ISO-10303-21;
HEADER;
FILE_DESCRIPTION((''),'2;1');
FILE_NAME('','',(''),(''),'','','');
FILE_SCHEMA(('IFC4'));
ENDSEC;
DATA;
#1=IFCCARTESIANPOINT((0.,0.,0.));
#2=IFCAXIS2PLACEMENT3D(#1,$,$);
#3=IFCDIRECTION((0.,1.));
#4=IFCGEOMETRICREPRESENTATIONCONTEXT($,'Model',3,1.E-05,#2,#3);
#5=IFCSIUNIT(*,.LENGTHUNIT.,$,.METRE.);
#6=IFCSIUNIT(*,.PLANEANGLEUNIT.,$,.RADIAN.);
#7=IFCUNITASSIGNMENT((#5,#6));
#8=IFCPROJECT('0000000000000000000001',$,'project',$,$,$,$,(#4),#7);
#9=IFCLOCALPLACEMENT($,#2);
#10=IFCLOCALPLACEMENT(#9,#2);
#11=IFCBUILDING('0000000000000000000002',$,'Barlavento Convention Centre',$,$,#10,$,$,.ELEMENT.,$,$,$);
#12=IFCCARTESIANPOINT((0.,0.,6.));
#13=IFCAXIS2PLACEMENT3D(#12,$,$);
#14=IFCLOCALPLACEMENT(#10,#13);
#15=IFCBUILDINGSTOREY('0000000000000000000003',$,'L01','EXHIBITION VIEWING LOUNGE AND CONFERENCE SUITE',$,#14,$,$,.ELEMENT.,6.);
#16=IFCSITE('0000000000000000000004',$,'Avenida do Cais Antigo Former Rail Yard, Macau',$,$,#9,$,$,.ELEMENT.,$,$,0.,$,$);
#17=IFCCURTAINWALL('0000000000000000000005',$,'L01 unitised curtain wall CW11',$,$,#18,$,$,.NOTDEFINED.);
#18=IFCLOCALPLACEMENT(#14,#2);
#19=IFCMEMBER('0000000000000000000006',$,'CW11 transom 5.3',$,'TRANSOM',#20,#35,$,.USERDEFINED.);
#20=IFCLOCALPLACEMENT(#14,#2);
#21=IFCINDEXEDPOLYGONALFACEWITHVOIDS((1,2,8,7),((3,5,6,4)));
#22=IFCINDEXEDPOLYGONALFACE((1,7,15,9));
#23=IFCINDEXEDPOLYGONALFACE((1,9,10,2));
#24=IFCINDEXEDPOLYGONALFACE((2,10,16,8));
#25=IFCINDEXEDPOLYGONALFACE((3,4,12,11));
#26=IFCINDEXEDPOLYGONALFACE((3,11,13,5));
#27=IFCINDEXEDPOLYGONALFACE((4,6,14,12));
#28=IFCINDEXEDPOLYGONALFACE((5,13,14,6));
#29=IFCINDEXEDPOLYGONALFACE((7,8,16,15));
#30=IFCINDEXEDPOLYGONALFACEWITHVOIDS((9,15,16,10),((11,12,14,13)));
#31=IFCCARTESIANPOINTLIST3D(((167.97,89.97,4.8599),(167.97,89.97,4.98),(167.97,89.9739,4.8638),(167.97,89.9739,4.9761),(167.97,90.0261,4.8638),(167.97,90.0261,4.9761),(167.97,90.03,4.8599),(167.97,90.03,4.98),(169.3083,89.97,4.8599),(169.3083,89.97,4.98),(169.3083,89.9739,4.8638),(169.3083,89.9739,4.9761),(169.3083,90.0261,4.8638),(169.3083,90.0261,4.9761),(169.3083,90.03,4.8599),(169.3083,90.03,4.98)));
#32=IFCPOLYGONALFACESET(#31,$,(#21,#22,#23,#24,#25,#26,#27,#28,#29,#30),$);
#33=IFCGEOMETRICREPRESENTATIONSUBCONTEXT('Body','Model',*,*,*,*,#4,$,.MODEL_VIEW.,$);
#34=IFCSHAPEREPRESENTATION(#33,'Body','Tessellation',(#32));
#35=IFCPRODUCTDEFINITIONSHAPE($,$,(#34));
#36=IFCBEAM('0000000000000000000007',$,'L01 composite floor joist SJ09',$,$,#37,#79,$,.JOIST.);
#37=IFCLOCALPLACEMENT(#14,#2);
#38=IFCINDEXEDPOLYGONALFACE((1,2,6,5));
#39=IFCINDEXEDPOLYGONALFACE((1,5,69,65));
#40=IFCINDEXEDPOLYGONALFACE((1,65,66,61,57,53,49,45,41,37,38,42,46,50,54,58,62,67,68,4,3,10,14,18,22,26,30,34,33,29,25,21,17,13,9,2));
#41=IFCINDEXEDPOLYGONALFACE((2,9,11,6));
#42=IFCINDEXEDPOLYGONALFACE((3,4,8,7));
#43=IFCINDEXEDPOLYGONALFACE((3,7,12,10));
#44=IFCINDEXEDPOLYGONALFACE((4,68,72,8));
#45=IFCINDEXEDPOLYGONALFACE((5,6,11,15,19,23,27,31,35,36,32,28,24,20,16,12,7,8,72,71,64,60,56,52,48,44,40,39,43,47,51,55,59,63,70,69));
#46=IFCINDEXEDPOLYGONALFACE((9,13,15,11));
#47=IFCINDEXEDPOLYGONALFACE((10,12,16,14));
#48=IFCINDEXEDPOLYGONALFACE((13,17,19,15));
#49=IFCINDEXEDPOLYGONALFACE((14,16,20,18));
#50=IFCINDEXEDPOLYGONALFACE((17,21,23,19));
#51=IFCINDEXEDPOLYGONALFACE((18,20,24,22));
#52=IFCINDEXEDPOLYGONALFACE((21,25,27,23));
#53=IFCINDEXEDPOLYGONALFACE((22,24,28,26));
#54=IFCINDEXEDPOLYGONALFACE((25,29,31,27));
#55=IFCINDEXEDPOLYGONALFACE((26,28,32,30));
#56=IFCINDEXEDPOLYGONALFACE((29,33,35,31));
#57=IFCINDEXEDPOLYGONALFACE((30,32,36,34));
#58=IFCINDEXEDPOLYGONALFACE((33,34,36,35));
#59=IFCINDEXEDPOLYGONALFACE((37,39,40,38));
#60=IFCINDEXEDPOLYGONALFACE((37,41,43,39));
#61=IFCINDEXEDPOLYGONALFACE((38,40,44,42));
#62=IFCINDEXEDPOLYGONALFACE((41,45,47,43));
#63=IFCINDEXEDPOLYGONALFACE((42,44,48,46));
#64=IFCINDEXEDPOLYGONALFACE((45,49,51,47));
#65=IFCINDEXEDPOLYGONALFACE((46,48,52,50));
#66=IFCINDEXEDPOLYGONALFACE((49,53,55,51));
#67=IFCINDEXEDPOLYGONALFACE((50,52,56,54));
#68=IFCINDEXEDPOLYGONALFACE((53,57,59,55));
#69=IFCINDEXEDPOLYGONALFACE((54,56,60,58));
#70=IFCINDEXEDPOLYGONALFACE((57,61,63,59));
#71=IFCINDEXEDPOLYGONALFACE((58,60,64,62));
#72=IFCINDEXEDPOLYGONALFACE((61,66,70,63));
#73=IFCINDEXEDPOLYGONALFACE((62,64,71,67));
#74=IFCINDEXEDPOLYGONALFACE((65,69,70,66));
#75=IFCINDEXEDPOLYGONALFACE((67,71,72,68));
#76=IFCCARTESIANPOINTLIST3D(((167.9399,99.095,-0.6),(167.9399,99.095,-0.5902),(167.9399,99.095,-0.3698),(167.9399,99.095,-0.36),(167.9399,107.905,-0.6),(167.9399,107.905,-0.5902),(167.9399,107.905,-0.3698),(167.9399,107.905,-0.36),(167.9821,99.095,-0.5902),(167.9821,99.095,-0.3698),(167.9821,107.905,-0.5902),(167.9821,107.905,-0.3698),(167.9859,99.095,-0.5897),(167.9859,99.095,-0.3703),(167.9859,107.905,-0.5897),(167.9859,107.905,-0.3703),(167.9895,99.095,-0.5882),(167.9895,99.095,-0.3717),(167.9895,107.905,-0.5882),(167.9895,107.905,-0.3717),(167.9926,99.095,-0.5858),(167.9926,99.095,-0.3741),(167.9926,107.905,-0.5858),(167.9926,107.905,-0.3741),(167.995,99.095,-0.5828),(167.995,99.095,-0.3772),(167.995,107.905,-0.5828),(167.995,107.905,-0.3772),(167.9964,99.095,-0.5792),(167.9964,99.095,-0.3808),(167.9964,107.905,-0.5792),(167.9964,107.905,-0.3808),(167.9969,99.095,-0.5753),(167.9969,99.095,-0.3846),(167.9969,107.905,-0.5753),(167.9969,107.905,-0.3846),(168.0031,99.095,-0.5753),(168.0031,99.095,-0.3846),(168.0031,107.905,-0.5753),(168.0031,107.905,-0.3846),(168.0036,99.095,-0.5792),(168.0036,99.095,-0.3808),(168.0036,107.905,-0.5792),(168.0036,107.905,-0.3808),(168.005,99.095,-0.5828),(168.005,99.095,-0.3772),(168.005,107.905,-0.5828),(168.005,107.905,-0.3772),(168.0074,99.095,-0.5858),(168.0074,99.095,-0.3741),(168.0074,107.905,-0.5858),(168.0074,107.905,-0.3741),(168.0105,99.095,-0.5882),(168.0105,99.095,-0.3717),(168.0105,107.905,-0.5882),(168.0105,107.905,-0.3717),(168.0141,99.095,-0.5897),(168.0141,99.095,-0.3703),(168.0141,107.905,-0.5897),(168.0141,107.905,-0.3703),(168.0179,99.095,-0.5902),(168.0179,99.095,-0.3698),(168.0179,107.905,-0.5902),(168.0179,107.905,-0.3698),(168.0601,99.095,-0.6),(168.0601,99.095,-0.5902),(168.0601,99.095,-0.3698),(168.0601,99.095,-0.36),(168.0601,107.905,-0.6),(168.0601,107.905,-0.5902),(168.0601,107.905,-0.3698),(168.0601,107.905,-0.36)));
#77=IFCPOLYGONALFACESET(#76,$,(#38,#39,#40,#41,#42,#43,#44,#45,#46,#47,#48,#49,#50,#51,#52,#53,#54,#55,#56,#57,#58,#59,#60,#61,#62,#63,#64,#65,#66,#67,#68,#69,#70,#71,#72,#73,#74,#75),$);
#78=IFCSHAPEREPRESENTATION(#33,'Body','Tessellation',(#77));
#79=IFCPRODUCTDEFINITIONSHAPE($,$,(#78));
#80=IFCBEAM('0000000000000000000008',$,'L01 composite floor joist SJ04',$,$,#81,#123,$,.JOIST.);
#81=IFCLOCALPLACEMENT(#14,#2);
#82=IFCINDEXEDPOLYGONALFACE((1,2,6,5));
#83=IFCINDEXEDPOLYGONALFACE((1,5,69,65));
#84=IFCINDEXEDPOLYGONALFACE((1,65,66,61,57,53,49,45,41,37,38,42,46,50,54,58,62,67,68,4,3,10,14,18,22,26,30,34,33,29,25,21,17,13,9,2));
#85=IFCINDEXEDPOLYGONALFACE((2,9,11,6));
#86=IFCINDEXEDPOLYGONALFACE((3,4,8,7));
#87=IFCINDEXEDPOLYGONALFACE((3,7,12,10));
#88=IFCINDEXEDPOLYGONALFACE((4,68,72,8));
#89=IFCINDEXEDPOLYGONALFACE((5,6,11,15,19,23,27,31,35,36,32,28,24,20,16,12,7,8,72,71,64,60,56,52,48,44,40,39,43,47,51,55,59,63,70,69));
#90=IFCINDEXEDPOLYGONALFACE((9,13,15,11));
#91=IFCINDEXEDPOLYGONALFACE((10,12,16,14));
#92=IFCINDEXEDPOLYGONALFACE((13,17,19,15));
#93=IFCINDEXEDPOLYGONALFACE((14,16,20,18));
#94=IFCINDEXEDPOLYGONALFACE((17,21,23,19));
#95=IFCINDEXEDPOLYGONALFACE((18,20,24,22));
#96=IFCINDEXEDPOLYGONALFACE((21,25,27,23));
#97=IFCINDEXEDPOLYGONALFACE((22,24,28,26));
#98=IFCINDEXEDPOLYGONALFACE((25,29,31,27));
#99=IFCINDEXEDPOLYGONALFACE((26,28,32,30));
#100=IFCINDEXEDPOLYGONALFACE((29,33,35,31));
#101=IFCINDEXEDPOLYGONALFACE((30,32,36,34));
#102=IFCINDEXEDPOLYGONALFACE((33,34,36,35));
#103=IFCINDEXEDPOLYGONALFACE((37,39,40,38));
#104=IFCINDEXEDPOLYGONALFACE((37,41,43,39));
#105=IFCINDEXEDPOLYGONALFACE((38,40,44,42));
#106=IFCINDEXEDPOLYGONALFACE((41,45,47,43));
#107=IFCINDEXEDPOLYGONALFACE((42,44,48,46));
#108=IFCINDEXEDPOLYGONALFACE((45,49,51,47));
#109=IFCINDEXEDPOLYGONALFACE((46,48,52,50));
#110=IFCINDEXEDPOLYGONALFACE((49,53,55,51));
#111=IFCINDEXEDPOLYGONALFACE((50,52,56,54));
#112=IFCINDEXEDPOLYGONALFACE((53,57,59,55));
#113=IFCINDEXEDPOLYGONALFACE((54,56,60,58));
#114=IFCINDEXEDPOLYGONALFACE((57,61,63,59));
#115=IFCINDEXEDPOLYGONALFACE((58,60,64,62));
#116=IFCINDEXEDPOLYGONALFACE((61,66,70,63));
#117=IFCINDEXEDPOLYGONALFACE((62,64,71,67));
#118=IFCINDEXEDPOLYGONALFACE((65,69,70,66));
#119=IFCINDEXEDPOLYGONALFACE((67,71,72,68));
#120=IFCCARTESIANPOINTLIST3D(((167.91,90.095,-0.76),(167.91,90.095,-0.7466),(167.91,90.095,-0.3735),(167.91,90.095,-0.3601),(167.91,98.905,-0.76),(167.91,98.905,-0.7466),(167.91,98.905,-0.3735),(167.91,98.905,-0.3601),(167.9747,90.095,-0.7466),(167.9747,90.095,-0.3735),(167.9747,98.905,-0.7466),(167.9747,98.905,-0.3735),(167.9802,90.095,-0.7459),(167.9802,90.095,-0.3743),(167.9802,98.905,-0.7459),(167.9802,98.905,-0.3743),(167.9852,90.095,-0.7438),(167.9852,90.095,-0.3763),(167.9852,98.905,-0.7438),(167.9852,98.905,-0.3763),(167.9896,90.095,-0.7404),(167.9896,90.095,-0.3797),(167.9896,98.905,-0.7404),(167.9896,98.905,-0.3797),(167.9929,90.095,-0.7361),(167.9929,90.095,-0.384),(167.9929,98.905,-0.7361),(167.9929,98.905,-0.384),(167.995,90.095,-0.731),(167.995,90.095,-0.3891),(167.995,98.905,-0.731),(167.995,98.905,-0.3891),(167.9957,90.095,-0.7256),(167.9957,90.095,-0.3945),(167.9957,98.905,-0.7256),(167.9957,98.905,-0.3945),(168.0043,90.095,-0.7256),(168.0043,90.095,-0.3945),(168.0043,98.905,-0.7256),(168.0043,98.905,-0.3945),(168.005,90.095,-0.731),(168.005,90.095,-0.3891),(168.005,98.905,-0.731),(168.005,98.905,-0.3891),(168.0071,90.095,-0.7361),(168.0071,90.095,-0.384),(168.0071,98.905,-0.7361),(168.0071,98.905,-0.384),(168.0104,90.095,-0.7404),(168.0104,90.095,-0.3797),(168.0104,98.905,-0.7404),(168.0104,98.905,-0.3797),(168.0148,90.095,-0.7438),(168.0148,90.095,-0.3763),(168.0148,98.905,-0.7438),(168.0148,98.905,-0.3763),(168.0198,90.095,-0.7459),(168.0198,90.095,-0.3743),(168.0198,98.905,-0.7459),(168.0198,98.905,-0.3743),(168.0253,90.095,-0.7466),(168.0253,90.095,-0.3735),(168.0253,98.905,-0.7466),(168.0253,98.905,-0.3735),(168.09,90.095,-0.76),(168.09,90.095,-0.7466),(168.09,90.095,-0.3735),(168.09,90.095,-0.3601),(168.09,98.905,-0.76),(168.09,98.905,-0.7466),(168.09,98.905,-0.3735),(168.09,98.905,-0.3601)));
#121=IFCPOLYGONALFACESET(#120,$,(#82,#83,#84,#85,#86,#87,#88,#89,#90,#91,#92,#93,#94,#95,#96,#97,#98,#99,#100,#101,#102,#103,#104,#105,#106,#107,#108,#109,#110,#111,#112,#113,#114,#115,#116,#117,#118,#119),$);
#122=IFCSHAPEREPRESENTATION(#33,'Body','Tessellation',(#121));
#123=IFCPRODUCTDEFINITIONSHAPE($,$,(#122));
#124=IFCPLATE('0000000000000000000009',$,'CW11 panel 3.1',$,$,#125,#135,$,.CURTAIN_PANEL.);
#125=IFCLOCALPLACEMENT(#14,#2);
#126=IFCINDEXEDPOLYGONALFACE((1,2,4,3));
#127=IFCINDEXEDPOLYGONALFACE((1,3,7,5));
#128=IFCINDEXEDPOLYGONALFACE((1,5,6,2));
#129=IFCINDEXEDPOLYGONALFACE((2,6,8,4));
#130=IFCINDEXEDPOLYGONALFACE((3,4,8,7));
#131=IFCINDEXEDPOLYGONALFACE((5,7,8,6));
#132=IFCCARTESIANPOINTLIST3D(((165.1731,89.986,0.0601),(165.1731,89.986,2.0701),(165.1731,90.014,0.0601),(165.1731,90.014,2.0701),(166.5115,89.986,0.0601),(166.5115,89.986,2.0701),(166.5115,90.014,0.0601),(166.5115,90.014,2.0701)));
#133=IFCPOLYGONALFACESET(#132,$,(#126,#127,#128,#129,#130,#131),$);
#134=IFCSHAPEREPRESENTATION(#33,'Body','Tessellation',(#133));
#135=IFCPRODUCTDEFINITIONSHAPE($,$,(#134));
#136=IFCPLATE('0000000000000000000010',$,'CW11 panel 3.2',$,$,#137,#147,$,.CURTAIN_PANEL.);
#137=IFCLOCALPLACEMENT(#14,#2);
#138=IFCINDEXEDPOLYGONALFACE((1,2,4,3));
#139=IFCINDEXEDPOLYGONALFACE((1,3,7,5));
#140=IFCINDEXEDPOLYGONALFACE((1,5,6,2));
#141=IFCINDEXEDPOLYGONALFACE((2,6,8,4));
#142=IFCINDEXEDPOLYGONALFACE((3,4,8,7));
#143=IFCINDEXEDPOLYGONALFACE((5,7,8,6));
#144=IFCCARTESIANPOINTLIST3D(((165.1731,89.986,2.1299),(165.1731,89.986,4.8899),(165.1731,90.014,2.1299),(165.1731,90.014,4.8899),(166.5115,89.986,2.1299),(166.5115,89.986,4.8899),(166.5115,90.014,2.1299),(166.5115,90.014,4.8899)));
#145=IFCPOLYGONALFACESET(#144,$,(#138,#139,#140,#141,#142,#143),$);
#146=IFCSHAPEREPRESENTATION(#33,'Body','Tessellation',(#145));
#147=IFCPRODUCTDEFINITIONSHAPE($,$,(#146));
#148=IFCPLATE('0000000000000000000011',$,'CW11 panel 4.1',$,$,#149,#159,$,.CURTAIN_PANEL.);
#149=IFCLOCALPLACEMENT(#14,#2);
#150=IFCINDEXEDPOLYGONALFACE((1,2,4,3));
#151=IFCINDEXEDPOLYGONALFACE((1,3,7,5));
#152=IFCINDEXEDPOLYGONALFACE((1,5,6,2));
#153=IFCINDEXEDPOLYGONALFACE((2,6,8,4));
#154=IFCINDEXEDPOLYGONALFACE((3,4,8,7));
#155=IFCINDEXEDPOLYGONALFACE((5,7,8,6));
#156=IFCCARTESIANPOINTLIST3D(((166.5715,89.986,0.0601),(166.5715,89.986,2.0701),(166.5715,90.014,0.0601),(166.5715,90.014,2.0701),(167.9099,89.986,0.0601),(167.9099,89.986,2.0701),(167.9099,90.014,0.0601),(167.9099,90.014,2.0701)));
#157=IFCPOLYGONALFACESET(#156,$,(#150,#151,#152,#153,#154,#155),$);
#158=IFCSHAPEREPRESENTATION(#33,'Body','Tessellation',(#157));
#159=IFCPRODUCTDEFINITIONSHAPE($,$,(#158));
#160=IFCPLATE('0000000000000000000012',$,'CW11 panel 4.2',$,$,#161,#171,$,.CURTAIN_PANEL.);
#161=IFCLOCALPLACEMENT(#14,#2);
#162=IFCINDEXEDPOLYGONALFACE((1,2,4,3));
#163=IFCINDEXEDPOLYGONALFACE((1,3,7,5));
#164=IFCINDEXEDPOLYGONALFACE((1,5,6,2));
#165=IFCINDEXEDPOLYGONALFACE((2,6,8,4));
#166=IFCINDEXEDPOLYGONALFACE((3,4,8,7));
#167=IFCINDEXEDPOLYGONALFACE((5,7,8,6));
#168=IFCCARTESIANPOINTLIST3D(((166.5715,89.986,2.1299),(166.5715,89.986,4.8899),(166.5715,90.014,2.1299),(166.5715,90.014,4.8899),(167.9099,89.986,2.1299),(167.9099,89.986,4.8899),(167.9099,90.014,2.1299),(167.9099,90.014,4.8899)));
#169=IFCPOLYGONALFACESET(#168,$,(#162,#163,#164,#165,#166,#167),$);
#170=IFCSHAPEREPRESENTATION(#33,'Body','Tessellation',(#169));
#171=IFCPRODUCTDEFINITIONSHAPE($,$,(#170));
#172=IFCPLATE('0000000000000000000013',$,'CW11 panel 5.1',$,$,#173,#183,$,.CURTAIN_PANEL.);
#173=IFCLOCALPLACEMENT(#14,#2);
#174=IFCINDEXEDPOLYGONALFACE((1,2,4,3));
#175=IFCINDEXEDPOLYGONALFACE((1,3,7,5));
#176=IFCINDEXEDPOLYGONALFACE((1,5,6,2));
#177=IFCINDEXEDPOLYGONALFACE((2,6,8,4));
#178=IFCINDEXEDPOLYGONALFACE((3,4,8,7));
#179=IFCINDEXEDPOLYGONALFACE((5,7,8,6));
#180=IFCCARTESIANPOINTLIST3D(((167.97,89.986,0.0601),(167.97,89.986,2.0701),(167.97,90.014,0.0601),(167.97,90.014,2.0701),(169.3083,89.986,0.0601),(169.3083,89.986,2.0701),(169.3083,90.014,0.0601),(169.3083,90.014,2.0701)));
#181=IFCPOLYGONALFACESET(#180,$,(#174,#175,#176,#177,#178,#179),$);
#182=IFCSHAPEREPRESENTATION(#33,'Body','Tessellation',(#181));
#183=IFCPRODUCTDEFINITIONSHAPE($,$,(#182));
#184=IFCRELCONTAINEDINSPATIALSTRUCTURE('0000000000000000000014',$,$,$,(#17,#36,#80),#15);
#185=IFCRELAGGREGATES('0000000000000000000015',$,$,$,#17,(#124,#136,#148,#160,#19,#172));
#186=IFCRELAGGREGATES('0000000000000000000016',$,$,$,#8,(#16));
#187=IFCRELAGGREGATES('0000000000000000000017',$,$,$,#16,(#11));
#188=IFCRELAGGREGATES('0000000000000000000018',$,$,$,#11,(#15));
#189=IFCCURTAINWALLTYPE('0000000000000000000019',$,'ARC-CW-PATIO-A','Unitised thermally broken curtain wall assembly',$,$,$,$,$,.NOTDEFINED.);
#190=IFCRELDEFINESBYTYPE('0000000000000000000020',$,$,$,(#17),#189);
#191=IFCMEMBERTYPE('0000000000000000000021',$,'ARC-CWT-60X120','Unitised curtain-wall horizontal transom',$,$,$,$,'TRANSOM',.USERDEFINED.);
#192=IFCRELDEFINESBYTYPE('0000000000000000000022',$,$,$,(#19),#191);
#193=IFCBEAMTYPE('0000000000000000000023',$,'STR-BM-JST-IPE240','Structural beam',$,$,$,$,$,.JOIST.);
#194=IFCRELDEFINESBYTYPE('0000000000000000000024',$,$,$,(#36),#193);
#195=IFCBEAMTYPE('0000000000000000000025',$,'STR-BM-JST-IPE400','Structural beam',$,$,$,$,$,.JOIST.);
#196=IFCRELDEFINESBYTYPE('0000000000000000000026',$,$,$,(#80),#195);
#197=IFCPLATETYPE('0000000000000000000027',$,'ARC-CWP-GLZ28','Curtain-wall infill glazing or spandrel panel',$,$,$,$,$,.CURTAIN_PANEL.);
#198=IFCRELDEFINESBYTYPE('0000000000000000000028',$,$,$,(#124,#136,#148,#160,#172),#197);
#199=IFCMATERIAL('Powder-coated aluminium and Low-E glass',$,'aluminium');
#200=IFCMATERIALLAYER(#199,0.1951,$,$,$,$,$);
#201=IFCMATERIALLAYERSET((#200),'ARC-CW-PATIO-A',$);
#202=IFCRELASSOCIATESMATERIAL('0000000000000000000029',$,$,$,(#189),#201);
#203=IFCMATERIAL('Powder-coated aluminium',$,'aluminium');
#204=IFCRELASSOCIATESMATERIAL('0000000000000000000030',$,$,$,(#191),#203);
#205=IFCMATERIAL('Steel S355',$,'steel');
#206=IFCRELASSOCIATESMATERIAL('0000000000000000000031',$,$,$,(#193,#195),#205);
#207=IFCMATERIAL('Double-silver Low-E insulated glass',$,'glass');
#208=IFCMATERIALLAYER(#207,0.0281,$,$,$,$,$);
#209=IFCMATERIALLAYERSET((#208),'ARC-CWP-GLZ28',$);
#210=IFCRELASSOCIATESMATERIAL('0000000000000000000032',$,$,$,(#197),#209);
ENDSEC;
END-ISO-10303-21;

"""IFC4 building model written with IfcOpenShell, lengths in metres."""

from ifc_helpers import new_model, si_unit, direction, frame, origin, origin_2d, place, context, subcontext, project, spatial, rectangle, hollow_rectangle, i_section, extrude, material, layer, layer_set, material_profile, profile_set, type_object, element, aggregate, save


model = new_model("IFC4")

# Units and contexts
model_context = context("Model", 3, precision=1e-05, world=origin(), true_north=direction((0.0, 1.0)))
body_context = subcontext(model_context, "Body", "Model", "MODEL_VIEW")
ifc_project = project(units=[si_unit("LENGTHUNIT", "METRE"), si_unit("PLANEANGLEUNIT", "RADIAN")], contexts=[model_context])

# Site, building, storey
site_placement = place(None, origin())
site = spatial("IfcSite", under=ifc_project, at=site_placement, Name="Avenida do Cais Antigo Former Rail Yard, Macau", CompositionType="ELEMENT", RefElevation=0.0)
building_placement = place(site_placement, origin())
building = spatial("IfcBuilding", under=site, at=building_placement, Name="Barlavento Convention Centre", CompositionType="ELEMENT")
storey_placement = place(building_placement, frame((0.0, 0.0, 6.0)))
storey = spatial("IfcBuildingStorey", under=building, at=storey_placement, Name="L01", Description="EXHIBITION VIEWING LOUNGE AND CONFERENCE SUITE", CompositionType="ELEMENT", Elevation=6.0)

# Curtain wall, member
ifc_material_1 = material(Name="Powder-coated aluminium and Low-E glass", Category="aluminium")
ifc_layer_1 = layer(ifc_material_1, 0.1951)
ifc_layer_set_1 = layer_set([ifc_layer_1], Name="ARC-CW-PATIO-A")
curtain_wall_type = type_object("IfcCurtainWallType", Name="ARC-CW-PATIO-A", Description="Unitised thermally broken curtain wall assembly", PredefinedType="NOTDEFINED", material=ifc_layer_set_1)
curtain_wall_placement = place(storey_placement, origin())
curtain_wall = element("IfcCurtainWall", 1, at=curtain_wall_placement, inside=storey, type_object=curtain_wall_type, Name="L01 unitised curtain wall CW11", PredefinedType="NOTDEFINED")
ifc_material_2 = material(Name="Powder-coated aluminium", Category="aluminium")
ifc_material_profile_1 = material_profile(ifc_material_2, hollow_rectangle(XDim=0.0601, YDim=0.1201, WallThickness=0.0039, at=origin_2d()), Name="AL-TRAN 60x120x4")
ifc_profile_set_1 = profile_set([ifc_material_profile_1], Name="Powder-coated aluminium")
member_type_1 = type_object("IfcMemberType", Name="ARC-CWT-60X120", Description="Unitised curtain-wall horizontal transom", ElementType="TRANSOM", PredefinedType="USERDEFINED", material=ifc_profile_set_1)
member_1_placement = place(storey_placement, frame((167.97, 90.0, 4.9199), z_axis=(1.0, 0.0, 0.0), x_axis=(0.0, 1.0, 0.0)))
member_1 = element("IfcMember", 2, at=member_1_placement, type_object=member_type_1, Name="CW11 transom 5.3", ObjectType="TRANSOM", PredefinedType="USERDEFINED", context=body_context, shape_type="SweptSolid", body=[
    extrude(hollow_rectangle(XDim=0.0601, YDim=0.1201, WallThickness=0.0039, at=origin_2d()), origin(), (0.0, 0.0, 1.0), 1.3384),
])

# Beams
ifc_material_3 = material(Name="Steel S355", Category="steel")
ifc_material_profile_2 = material_profile(ifc_material_3, i_section(OverallWidth=0.1201, OverallDepth=0.24, WebThickness=0.0061, FlangeThickness=0.0098, FilletRadius=0.0149, at=origin_2d()), Name="IPE 240")
ifc_profile_set_2 = profile_set([ifc_material_profile_2], Name="Steel S355")
beam_type_1 = type_object("IfcBeamType", Name="STR-BM-JST-IPE240", Description="Structural beam", PredefinedType="JOIST", material=ifc_profile_set_2)
beam_1_placement = place(storey_placement, frame((168.0, 99.095, -0.48), z_axis=(0.0, 1.0, 0.0), x_axis=(-1.0, 0.0, 0.0)))
element("IfcBeam", 3, at=beam_1_placement, inside=storey, type_object=beam_type_1, Name="L01 composite floor joist SJ09", PredefinedType="JOIST", context=body_context, shape_type="SweptSolid", body=[
    extrude(i_section(OverallWidth=0.1201, OverallDepth=0.24, WebThickness=0.0061, FlangeThickness=0.0098, FilletRadius=0.0149, at=origin_2d()), origin(), (0.0, 0.0, 1.0), 8.8101),
])
ifc_material_profile_3 = material_profile(ifc_material_3, i_section(OverallWidth=0.1799, OverallDepth=0.3999, WebThickness=0.0085, FlangeThickness=0.0134, FilletRadius=0.021, at=origin_2d()), Name="IPE 400")
ifc_profile_set_3 = profile_set([ifc_material_profile_3], Name="Steel S355")
beam_type_2 = type_object("IfcBeamType", Name="STR-BM-JST-IPE400", Description="Structural beam", PredefinedType="JOIST", material=ifc_profile_set_3)
beam_2_placement = place(storey_placement, frame((168.0, 90.095, -0.5601), z_axis=(0.0, 1.0, 0.0), x_axis=(-1.0, 0.0, 0.0)))
element("IfcBeam", 4, at=beam_2_placement, inside=storey, type_object=beam_type_2, Name="L01 composite floor joist SJ04", PredefinedType="JOIST", context=body_context, shape_type="SweptSolid", body=[
    extrude(i_section(OverallWidth=0.1799, OverallDepth=0.3999, WebThickness=0.0085, FlangeThickness=0.0134, FilletRadius=0.021, at=origin_2d()), origin(), (0.0, 0.0, 1.0), 8.8101),
])

# Plates
ifc_material_4 = material(Name="Double-silver Low-E insulated glass", Category="glass")
ifc_layer_2 = layer(ifc_material_4, 0.0281)
ifc_layer_set_2 = layer_set([ifc_layer_2], Name="ARC-CWP-GLZ28")
plate_type = type_object("IfcPlateType", Name="ARC-CWP-GLZ28", Description="Curtain-wall infill glazing or spandrel panel", PredefinedType="CURTAIN_PANEL", material=ifc_layer_set_2)
plate_1_placement = place(storey_placement, frame((165.8423, 90.0, 0.0601), z_axis=(0.0, 0.0, 1.0), x_axis=(1.0, 0.0, 0.0)))
plate_1 = element("IfcPlate", 5, at=plate_1_placement, type_object=plate_type, Name="CW11 panel 3.1", PredefinedType="CURTAIN_PANEL", context=body_context, shape_type="SweptSolid", body=[
    extrude(rectangle(XDim=1.3384, YDim=0.0281, at=origin_2d()), origin(), (0.0, 0.0, 1.0), 2.01),
])
plate_2_placement = place(storey_placement, frame((165.8423, 90.0, 2.1299), z_axis=(0.0, 0.0, 1.0), x_axis=(1.0, 0.0, 0.0)))
plate_2 = element("IfcPlate", 6, at=plate_2_placement, type_object=plate_type, Name="CW11 panel 3.2", PredefinedType="CURTAIN_PANEL", context=body_context, shape_type="SweptSolid", body=[
    extrude(rectangle(XDim=1.3384, YDim=0.0281, at=origin_2d()), origin(), (0.0, 0.0, 1.0), 2.76),
])
plate_3_placement = place(storey_placement, frame((167.2407, 90.0, 0.0601), z_axis=(0.0, 0.0, 1.0), x_axis=(1.0, 0.0, 0.0)))
plate_3 = element("IfcPlate", 7, at=plate_3_placement, type_object=plate_type, Name="CW11 panel 4.1", PredefinedType="CURTAIN_PANEL", context=body_context, shape_type="SweptSolid", body=[
    extrude(rectangle(XDim=1.3384, YDim=0.0281, at=origin_2d()), origin(), (0.0, 0.0, 1.0), 2.01),
])
plate_4_placement = place(storey_placement, frame((167.2407, 90.0, 2.1299), z_axis=(0.0, 0.0, 1.0), x_axis=(1.0, 0.0, 0.0)))
plate_4 = element("IfcPlate", 8, at=plate_4_placement, type_object=plate_type, Name="CW11 panel 4.2", PredefinedType="CURTAIN_PANEL", context=body_context, shape_type="SweptSolid", body=[
    extrude(rectangle(XDim=1.3384, YDim=0.0281, at=origin_2d()), origin(), (0.0, 0.0, 1.0), 2.76),
])
plate_5_placement = place(storey_placement, frame((168.6392, 90.0, 0.0601), z_axis=(0.0, 0.0, 1.0), x_axis=(1.0, 0.0, 0.0)))
plate_5 = element("IfcPlate", 9, at=plate_5_placement, type_object=plate_type, Name="CW11 panel 5.1", PredefinedType="CURTAIN_PANEL", context=body_context, shape_type="SweptSolid", body=[
    extrude(rectangle(XDim=1.3384, YDim=0.0281, at=origin_2d()), origin(), (0.0, 0.0, 1.0), 2.01),
])
aggregate(curtain_wall, [plate_1, plate_2, plate_3, plate_4, member_1, plate_5])

save(model, "model.ifc")
